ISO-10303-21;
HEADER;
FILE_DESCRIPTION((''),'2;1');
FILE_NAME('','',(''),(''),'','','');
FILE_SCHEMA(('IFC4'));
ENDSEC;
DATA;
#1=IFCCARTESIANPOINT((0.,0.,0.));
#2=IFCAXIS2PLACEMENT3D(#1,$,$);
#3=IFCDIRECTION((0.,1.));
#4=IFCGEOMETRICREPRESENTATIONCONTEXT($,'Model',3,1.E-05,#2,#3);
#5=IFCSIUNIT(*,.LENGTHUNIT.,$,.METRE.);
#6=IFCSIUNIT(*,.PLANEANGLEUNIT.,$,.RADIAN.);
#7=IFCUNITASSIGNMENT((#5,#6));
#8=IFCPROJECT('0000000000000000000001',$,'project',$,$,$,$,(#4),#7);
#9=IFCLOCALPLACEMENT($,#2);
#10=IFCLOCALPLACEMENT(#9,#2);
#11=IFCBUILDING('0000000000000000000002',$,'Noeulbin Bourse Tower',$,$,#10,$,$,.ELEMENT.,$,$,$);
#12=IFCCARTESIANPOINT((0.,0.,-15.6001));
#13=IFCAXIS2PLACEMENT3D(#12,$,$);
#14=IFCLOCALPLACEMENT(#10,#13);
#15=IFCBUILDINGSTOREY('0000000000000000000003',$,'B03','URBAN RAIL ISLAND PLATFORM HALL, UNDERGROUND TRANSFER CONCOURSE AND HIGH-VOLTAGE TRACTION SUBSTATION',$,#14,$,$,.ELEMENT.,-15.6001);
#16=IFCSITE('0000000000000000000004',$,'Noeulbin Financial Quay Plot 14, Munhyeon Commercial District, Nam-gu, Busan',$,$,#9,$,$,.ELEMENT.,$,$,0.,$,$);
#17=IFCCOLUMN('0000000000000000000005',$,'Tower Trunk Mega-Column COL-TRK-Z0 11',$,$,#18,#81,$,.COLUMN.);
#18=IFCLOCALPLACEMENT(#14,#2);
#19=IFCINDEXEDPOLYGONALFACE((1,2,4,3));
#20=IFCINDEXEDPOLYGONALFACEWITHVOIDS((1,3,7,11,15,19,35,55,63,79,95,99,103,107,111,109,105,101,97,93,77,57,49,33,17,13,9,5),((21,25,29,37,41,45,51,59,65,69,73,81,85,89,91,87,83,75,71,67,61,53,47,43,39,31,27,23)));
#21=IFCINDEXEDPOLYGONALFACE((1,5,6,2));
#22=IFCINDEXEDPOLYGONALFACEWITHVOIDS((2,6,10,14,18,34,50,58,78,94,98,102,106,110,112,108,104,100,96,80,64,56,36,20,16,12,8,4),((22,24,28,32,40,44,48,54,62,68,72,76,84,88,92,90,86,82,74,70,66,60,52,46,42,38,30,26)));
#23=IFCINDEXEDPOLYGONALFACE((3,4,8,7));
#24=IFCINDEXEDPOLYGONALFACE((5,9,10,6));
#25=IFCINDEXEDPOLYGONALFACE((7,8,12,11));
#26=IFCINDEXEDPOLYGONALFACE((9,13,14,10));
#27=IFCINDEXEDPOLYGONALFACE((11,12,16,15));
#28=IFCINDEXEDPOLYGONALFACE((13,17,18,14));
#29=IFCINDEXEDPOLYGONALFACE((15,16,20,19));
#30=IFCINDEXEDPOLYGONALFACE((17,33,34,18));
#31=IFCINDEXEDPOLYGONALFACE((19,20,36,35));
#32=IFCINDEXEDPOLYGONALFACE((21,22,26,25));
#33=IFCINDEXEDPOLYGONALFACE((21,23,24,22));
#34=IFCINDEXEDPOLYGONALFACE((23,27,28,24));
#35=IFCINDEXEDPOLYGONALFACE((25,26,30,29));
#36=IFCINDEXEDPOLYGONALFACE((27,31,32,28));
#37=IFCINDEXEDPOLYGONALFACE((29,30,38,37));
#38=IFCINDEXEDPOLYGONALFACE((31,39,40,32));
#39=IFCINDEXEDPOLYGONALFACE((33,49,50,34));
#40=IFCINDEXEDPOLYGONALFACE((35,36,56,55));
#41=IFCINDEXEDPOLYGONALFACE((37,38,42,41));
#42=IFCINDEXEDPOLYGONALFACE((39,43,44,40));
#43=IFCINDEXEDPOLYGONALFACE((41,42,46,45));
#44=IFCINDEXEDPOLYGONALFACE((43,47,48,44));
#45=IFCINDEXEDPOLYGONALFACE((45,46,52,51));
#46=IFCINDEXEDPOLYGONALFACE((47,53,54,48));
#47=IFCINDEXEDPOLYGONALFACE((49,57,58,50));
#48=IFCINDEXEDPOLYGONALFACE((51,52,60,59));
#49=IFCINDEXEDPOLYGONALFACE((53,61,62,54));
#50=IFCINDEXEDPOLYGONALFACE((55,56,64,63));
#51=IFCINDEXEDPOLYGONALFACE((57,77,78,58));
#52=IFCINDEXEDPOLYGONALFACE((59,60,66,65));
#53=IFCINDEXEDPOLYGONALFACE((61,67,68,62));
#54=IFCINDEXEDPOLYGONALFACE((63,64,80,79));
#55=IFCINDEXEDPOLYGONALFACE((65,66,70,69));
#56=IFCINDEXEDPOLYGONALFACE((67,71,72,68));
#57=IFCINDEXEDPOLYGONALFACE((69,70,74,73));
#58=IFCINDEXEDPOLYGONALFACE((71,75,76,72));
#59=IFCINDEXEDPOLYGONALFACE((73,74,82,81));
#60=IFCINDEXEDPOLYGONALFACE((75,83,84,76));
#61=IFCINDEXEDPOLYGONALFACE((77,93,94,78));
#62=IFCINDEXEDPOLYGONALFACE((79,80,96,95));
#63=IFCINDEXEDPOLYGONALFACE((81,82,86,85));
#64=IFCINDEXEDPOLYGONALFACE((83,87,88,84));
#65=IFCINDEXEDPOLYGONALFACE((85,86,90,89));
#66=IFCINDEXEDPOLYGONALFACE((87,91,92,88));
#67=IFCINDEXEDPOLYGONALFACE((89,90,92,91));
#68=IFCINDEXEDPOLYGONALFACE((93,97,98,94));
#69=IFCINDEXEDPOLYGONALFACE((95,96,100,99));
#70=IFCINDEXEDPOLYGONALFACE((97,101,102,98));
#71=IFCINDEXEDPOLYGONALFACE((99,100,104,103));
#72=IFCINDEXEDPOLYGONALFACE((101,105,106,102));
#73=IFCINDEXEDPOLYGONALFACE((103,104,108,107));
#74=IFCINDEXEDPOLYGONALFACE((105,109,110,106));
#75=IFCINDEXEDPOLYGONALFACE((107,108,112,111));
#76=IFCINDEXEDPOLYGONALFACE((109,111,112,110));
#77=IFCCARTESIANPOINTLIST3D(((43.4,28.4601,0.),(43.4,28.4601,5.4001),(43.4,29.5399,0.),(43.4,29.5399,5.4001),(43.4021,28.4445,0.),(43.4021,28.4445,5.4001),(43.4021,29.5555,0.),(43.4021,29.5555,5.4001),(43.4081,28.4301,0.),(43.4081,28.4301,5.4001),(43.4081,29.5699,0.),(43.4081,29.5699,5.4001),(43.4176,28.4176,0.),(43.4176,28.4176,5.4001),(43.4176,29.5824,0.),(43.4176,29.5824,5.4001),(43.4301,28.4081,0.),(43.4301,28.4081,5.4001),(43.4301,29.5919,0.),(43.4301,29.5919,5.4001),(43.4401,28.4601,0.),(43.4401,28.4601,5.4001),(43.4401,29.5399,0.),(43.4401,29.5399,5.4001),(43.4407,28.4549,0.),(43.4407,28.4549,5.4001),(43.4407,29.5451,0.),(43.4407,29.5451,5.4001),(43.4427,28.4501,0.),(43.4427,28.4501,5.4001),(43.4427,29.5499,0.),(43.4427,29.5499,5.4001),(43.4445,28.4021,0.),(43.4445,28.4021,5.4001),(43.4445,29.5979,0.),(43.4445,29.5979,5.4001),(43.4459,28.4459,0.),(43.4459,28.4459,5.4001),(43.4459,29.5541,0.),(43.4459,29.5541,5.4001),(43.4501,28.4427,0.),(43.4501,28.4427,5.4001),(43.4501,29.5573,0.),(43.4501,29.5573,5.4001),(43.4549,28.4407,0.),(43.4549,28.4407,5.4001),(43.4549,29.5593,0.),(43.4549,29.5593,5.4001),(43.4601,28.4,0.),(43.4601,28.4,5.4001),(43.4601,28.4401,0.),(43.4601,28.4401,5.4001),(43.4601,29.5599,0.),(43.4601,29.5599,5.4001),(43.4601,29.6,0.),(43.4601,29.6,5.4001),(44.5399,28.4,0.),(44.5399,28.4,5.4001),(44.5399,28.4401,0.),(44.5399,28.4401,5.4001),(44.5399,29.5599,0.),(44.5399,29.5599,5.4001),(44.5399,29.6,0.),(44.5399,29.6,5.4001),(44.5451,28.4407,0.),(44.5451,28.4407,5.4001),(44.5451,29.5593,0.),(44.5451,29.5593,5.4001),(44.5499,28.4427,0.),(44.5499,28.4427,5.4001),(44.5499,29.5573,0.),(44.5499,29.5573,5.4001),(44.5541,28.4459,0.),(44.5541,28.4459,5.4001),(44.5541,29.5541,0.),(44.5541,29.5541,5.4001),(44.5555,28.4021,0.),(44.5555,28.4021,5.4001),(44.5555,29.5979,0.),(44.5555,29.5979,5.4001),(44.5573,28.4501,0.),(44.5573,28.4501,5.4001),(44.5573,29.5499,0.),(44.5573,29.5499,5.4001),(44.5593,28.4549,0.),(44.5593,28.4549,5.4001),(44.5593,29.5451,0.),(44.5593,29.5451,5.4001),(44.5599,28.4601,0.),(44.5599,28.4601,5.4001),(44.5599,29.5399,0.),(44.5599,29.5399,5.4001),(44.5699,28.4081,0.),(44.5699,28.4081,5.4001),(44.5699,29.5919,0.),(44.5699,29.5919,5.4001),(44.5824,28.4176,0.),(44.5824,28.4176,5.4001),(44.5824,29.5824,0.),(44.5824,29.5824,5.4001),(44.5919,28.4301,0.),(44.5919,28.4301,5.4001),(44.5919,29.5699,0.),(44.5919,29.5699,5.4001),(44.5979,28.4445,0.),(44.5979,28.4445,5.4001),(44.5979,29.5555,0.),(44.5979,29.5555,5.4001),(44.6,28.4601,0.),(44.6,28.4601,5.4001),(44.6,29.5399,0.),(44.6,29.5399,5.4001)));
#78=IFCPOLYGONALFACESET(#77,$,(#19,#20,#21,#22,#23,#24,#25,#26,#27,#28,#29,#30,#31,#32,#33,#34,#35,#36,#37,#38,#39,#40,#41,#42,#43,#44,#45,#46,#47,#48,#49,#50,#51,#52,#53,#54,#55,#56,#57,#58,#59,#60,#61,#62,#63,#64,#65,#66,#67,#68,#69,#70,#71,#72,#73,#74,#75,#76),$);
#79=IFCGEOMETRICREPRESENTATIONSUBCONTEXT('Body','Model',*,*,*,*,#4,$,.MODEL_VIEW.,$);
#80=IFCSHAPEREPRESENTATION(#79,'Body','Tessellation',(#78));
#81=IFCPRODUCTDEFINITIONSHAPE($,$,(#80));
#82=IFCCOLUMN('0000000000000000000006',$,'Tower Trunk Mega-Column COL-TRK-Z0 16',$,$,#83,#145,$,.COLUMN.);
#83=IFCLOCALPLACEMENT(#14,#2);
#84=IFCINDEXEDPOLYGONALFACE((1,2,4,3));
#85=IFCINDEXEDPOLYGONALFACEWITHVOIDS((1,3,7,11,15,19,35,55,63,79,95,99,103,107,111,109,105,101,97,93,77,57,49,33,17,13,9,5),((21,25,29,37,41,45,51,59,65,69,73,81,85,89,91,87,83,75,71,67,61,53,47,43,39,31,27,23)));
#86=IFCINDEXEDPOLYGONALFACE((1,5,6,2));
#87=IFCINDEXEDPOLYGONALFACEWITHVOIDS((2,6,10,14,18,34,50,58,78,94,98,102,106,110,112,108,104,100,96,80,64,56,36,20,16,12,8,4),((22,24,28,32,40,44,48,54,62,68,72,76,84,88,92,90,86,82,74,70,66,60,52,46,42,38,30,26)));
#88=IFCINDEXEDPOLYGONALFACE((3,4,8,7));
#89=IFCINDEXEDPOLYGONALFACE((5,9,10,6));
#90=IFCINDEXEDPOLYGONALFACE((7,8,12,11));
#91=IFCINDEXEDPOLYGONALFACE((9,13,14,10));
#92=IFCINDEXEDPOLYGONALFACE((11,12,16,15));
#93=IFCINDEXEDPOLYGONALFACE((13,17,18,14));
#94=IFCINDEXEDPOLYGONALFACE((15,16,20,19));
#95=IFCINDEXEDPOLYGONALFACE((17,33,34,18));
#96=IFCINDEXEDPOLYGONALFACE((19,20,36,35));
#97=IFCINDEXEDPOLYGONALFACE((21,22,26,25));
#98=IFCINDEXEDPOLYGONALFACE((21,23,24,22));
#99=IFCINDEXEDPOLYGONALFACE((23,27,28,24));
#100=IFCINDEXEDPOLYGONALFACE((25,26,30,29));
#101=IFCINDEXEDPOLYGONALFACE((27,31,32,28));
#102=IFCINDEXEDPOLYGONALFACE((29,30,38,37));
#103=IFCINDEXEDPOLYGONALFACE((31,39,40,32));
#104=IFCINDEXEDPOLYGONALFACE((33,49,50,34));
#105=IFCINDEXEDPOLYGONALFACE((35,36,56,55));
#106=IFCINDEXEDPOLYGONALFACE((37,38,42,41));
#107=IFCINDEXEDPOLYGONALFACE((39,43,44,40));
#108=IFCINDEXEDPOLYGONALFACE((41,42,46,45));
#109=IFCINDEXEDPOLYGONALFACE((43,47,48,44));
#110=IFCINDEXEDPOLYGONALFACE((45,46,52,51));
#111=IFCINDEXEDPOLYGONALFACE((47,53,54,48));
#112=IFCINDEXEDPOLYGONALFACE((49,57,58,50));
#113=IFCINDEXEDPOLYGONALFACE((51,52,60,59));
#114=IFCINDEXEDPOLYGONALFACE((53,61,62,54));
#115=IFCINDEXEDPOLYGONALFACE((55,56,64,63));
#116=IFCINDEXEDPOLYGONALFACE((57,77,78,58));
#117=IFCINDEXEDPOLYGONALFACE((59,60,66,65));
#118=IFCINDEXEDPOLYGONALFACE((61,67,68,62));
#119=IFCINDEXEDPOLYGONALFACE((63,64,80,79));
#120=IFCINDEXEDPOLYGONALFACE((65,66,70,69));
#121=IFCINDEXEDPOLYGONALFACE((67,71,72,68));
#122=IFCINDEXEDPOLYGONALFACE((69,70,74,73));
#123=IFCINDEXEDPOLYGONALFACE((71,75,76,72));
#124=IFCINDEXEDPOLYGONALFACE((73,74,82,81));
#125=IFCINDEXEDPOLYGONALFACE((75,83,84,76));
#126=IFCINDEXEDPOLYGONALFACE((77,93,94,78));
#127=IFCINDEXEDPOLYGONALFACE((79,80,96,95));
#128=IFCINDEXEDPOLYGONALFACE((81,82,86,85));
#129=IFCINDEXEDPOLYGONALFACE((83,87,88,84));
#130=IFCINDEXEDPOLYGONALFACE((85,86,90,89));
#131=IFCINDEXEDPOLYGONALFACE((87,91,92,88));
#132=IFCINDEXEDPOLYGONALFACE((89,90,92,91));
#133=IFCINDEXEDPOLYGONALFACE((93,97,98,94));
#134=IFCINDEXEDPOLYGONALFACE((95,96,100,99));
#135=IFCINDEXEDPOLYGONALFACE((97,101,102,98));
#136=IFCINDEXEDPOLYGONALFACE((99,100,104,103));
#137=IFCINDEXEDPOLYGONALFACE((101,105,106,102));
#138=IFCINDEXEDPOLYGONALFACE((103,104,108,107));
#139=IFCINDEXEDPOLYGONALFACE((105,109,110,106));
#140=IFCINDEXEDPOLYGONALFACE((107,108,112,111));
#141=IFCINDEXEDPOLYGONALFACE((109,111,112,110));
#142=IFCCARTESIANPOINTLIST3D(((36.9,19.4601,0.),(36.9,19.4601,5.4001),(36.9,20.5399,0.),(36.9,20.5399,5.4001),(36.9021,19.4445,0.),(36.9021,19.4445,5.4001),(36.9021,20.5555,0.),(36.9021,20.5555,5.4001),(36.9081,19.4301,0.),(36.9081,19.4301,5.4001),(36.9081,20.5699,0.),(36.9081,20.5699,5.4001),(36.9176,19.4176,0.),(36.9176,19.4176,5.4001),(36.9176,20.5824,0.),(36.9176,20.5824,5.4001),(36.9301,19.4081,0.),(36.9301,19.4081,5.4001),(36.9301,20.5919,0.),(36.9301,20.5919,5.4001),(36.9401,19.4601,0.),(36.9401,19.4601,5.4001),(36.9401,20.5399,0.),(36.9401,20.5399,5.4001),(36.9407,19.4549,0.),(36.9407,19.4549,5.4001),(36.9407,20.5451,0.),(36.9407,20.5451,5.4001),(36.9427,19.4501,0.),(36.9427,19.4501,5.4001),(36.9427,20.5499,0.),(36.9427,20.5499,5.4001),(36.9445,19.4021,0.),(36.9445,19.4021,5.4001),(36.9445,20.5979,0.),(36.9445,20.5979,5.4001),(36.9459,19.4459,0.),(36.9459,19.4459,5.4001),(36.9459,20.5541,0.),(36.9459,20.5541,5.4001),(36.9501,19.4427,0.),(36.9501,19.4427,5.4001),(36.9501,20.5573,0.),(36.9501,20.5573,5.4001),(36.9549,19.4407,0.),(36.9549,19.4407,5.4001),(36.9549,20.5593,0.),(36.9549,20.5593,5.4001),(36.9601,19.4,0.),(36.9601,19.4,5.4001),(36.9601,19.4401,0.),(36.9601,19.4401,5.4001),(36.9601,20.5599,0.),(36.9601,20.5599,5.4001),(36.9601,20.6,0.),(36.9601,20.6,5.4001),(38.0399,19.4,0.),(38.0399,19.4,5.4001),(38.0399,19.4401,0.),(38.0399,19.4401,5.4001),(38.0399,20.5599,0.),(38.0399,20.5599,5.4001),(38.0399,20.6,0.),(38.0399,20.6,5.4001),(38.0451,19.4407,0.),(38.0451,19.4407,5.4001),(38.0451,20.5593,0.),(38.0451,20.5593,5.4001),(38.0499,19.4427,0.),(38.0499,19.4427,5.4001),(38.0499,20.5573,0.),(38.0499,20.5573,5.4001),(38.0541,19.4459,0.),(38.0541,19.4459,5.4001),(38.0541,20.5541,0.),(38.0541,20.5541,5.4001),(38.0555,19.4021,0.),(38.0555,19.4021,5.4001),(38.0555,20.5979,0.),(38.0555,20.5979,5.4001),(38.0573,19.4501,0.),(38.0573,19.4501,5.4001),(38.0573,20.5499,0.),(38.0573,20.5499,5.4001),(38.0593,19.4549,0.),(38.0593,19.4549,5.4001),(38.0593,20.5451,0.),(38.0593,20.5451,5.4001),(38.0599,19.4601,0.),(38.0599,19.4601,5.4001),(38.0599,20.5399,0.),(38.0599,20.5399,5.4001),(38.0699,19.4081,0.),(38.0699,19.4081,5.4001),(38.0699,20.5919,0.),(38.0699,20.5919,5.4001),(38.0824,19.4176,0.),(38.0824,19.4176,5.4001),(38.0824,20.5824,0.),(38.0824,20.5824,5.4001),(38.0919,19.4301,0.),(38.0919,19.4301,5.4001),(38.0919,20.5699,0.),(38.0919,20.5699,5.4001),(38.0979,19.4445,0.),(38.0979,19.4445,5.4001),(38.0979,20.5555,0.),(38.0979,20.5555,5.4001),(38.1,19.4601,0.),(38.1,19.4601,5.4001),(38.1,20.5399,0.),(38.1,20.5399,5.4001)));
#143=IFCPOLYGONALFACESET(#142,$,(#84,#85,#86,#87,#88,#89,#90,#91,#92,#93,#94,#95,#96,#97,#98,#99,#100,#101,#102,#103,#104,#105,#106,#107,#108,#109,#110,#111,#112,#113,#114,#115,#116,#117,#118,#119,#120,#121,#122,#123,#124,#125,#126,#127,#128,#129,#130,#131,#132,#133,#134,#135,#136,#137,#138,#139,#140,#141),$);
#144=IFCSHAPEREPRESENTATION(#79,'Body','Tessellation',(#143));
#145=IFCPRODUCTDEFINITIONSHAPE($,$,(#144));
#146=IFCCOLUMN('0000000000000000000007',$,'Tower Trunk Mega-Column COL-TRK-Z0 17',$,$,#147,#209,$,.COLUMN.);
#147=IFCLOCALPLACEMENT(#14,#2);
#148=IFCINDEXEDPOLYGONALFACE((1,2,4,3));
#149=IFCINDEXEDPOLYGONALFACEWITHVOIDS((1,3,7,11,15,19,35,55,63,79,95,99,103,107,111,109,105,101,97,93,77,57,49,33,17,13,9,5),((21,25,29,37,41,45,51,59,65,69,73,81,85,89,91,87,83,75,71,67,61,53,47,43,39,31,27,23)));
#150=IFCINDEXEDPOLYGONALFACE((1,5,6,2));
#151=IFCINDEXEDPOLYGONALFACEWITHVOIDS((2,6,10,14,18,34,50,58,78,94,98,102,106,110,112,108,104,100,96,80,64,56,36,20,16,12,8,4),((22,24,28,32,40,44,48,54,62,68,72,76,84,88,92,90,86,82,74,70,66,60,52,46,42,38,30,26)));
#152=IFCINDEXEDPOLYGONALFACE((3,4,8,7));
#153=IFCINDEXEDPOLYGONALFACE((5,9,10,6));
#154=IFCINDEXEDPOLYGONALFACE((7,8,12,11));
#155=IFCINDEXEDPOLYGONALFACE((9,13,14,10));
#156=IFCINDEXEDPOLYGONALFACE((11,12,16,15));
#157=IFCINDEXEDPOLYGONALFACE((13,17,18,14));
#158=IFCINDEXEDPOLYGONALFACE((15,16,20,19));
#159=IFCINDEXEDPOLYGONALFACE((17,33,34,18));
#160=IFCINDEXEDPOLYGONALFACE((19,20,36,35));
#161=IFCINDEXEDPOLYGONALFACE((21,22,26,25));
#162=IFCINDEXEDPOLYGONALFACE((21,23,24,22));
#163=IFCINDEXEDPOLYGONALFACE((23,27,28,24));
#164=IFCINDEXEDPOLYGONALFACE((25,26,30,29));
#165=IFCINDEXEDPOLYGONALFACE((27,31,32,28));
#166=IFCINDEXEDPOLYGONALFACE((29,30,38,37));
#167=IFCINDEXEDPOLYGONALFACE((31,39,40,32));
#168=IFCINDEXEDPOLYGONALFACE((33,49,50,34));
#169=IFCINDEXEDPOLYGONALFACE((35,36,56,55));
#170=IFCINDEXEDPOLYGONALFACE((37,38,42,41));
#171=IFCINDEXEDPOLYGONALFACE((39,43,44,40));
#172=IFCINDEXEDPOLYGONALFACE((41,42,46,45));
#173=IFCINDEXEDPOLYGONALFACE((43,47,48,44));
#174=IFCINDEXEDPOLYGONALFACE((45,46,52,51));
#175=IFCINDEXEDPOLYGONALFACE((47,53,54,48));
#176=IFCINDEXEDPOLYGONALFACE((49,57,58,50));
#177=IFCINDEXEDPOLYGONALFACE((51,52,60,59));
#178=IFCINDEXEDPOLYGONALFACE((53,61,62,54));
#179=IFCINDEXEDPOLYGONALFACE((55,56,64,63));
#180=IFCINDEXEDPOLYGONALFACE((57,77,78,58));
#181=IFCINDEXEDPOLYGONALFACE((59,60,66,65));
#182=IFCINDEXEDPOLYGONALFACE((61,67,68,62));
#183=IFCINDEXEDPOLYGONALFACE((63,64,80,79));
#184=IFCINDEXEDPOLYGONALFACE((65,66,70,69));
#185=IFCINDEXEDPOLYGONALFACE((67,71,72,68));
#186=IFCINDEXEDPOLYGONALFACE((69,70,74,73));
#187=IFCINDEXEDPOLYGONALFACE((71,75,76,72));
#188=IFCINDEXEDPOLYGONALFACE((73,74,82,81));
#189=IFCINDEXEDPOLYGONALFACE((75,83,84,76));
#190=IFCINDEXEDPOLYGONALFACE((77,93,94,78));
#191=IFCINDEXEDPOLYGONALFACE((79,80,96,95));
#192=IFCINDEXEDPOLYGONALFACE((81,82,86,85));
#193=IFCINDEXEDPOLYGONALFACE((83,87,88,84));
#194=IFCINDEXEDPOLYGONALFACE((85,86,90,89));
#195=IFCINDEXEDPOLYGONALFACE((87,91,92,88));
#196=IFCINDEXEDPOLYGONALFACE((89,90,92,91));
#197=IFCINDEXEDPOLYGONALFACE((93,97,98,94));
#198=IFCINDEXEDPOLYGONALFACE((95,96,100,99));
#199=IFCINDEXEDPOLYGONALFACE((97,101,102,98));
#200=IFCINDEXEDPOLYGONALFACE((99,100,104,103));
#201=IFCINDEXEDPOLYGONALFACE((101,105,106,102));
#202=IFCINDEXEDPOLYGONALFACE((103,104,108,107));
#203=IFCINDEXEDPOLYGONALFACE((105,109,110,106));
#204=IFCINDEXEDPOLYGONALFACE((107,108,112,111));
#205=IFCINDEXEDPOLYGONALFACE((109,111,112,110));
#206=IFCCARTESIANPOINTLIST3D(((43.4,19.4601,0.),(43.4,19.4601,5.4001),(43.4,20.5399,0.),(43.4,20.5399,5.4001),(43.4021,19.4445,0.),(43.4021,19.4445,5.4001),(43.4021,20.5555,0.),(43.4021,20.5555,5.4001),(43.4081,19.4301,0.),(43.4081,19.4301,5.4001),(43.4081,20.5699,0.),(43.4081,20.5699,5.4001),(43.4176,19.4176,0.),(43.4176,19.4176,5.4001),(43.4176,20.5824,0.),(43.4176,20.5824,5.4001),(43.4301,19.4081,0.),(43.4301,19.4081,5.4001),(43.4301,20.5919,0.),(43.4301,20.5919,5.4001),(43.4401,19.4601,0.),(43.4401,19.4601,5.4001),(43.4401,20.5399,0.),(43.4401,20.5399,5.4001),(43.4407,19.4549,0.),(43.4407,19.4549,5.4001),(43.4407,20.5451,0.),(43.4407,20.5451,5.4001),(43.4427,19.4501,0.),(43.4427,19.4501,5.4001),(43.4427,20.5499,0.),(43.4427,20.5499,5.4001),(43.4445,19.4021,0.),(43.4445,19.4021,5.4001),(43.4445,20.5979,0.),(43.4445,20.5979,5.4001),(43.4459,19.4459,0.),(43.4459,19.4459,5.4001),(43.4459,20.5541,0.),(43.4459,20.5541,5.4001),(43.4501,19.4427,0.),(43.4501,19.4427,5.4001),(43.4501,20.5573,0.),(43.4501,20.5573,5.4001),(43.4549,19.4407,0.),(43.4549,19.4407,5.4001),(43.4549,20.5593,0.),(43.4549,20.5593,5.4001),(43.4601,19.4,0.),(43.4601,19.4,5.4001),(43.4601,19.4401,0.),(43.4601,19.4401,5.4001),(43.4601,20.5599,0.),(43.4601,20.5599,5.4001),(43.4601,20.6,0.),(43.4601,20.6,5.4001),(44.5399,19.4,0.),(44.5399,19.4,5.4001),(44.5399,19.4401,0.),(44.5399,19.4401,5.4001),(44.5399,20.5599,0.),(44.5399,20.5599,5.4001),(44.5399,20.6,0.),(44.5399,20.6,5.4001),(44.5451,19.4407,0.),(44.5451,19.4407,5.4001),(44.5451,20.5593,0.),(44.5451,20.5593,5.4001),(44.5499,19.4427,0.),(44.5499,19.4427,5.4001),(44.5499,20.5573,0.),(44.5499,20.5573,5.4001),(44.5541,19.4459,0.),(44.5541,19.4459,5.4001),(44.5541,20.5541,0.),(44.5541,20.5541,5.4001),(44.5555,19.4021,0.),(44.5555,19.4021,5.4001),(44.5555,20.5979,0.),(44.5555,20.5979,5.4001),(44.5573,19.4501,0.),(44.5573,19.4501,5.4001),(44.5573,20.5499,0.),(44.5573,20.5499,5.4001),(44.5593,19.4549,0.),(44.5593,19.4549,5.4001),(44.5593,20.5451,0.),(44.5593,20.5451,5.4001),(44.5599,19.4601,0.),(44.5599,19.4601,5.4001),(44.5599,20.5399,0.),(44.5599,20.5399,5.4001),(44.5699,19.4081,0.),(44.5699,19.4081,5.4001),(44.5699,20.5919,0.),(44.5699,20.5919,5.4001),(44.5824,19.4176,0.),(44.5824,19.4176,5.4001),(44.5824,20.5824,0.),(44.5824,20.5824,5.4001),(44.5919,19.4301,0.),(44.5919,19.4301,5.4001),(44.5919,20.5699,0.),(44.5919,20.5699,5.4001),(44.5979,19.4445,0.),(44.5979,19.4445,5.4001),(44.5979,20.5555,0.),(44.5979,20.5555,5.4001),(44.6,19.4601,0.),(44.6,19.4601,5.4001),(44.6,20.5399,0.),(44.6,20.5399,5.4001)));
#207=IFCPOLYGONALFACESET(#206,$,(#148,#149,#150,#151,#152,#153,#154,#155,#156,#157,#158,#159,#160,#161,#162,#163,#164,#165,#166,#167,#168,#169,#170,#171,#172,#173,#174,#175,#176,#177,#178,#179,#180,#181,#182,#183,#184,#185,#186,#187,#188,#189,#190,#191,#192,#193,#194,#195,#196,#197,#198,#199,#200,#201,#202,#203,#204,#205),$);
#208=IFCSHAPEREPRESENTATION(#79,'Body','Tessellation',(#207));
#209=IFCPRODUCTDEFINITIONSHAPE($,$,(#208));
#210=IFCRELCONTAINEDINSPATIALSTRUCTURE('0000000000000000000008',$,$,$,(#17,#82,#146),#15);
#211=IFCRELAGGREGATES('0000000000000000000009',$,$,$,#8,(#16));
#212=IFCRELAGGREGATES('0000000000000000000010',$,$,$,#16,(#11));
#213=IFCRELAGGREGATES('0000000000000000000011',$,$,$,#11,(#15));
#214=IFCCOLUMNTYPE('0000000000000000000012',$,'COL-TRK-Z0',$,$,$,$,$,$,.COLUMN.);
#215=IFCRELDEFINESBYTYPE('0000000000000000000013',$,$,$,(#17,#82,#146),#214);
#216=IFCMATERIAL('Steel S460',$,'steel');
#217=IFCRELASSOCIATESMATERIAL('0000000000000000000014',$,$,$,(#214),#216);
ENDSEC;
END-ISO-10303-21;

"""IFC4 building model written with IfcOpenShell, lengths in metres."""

from ifc_helpers import new_model, si_unit, direction, frame, origin, origin_2d, place, context, subcontext, project, spatial, hollow_rectangle, extrude, material, material_profile, profile_set, type_object, element, save


model = new_model("IFC4")

# Units and contexts
model_context = context("Model", 3, precision=1e-05, world=origin(), true_north=direction((0.0, 1.0)))
body_context = subcontext(model_context, "Body", "Model", "MODEL_VIEW")
ifc_project = project(units=[si_unit("LENGTHUNIT", "METRE"), si_unit("PLANEANGLEUNIT", "RADIAN")], contexts=[model_context])

# Site, building, storey
site_placement = place(None, origin())
site = spatial("IfcSite", under=ifc_project, at=site_placement, Name="Noeulbin Financial Quay Plot 14, Munhyeon Commercial District, Nam-gu, Busan", CompositionType="ELEMENT", RefElevation=0.0)
building_placement = place(site_placement, origin())
building = spatial("IfcBuilding", under=site, at=building_placement, Name="Noeulbin Bourse Tower", CompositionType="ELEMENT")
storey_placement = place(building_placement, frame((0.0, 0.0, -15.6001)))
storey = spatial("IfcBuildingStorey", under=building, at=storey_placement, Name="B03", Description="URBAN RAIL ISLAND PLATFORM HALL, UNDERGROUND TRANSFER CONCOURSE AND HIGH-VOLTAGE TRACTION SUBSTATION", CompositionType="ELEMENT", Elevation=-15.6001)

# Columns
ifc_material_1 = material(Name="Steel S460", Category="steel")
ifc_material_profile_1 = material_profile(ifc_material_1, hollow_rectangle(XDim=1.2, YDim=1.2, WallThickness=0.04, InnerFilletRadius=0.02, OuterFilletRadius=0.0601, at=origin_2d()), Name="BOX-1200x1200x40", Category="LoadBearing")
ifc_profile_set_1 = profile_set([ifc_material_profile_1], Name="Steel S460")
column_type_1 = type_object("IfcColumnType", Name="COL-TRK-Z0", PredefinedType="COLUMN", material=ifc_profile_set_1)
for number, where, z_axis, x_axis, name in (
    (1, (44.0, 29.0, 0.0), (0.0, 0.0, 1.0), (1.0, 0.0, 0.0), "Tower Trunk Mega-Column COL-TRK-Z0 11"),
    (2, (37.5, 20.0, 0.0), (0.0, 0.0, 1.0), (1.0, 0.0, 0.0), "Tower Trunk Mega-Column COL-TRK-Z0 16"),
    (3, (44.0, 20.0, 0.0), (0.0, 0.0, 1.0), (1.0, 0.0, 0.0), "Tower Trunk Mega-Column COL-TRK-Z0 17"),
):
    element("IfcColumn", number, at=place(storey_placement, frame(where, z_axis=z_axis, x_axis=x_axis)), inside=storey, type_object=column_type_1, Name=name, PredefinedType="COLUMN", context=body_context, shape_type="SweptSolid", body=[
        extrude(hollow_rectangle(XDim=1.2, YDim=1.2, WallThickness=0.04, InnerFilletRadius=0.02, OuterFilletRadius=0.0601, at=origin_2d()), origin(), (0.0, 0.0, 1.0), 5.4001),
    ])

save(model, "model.ifc")
